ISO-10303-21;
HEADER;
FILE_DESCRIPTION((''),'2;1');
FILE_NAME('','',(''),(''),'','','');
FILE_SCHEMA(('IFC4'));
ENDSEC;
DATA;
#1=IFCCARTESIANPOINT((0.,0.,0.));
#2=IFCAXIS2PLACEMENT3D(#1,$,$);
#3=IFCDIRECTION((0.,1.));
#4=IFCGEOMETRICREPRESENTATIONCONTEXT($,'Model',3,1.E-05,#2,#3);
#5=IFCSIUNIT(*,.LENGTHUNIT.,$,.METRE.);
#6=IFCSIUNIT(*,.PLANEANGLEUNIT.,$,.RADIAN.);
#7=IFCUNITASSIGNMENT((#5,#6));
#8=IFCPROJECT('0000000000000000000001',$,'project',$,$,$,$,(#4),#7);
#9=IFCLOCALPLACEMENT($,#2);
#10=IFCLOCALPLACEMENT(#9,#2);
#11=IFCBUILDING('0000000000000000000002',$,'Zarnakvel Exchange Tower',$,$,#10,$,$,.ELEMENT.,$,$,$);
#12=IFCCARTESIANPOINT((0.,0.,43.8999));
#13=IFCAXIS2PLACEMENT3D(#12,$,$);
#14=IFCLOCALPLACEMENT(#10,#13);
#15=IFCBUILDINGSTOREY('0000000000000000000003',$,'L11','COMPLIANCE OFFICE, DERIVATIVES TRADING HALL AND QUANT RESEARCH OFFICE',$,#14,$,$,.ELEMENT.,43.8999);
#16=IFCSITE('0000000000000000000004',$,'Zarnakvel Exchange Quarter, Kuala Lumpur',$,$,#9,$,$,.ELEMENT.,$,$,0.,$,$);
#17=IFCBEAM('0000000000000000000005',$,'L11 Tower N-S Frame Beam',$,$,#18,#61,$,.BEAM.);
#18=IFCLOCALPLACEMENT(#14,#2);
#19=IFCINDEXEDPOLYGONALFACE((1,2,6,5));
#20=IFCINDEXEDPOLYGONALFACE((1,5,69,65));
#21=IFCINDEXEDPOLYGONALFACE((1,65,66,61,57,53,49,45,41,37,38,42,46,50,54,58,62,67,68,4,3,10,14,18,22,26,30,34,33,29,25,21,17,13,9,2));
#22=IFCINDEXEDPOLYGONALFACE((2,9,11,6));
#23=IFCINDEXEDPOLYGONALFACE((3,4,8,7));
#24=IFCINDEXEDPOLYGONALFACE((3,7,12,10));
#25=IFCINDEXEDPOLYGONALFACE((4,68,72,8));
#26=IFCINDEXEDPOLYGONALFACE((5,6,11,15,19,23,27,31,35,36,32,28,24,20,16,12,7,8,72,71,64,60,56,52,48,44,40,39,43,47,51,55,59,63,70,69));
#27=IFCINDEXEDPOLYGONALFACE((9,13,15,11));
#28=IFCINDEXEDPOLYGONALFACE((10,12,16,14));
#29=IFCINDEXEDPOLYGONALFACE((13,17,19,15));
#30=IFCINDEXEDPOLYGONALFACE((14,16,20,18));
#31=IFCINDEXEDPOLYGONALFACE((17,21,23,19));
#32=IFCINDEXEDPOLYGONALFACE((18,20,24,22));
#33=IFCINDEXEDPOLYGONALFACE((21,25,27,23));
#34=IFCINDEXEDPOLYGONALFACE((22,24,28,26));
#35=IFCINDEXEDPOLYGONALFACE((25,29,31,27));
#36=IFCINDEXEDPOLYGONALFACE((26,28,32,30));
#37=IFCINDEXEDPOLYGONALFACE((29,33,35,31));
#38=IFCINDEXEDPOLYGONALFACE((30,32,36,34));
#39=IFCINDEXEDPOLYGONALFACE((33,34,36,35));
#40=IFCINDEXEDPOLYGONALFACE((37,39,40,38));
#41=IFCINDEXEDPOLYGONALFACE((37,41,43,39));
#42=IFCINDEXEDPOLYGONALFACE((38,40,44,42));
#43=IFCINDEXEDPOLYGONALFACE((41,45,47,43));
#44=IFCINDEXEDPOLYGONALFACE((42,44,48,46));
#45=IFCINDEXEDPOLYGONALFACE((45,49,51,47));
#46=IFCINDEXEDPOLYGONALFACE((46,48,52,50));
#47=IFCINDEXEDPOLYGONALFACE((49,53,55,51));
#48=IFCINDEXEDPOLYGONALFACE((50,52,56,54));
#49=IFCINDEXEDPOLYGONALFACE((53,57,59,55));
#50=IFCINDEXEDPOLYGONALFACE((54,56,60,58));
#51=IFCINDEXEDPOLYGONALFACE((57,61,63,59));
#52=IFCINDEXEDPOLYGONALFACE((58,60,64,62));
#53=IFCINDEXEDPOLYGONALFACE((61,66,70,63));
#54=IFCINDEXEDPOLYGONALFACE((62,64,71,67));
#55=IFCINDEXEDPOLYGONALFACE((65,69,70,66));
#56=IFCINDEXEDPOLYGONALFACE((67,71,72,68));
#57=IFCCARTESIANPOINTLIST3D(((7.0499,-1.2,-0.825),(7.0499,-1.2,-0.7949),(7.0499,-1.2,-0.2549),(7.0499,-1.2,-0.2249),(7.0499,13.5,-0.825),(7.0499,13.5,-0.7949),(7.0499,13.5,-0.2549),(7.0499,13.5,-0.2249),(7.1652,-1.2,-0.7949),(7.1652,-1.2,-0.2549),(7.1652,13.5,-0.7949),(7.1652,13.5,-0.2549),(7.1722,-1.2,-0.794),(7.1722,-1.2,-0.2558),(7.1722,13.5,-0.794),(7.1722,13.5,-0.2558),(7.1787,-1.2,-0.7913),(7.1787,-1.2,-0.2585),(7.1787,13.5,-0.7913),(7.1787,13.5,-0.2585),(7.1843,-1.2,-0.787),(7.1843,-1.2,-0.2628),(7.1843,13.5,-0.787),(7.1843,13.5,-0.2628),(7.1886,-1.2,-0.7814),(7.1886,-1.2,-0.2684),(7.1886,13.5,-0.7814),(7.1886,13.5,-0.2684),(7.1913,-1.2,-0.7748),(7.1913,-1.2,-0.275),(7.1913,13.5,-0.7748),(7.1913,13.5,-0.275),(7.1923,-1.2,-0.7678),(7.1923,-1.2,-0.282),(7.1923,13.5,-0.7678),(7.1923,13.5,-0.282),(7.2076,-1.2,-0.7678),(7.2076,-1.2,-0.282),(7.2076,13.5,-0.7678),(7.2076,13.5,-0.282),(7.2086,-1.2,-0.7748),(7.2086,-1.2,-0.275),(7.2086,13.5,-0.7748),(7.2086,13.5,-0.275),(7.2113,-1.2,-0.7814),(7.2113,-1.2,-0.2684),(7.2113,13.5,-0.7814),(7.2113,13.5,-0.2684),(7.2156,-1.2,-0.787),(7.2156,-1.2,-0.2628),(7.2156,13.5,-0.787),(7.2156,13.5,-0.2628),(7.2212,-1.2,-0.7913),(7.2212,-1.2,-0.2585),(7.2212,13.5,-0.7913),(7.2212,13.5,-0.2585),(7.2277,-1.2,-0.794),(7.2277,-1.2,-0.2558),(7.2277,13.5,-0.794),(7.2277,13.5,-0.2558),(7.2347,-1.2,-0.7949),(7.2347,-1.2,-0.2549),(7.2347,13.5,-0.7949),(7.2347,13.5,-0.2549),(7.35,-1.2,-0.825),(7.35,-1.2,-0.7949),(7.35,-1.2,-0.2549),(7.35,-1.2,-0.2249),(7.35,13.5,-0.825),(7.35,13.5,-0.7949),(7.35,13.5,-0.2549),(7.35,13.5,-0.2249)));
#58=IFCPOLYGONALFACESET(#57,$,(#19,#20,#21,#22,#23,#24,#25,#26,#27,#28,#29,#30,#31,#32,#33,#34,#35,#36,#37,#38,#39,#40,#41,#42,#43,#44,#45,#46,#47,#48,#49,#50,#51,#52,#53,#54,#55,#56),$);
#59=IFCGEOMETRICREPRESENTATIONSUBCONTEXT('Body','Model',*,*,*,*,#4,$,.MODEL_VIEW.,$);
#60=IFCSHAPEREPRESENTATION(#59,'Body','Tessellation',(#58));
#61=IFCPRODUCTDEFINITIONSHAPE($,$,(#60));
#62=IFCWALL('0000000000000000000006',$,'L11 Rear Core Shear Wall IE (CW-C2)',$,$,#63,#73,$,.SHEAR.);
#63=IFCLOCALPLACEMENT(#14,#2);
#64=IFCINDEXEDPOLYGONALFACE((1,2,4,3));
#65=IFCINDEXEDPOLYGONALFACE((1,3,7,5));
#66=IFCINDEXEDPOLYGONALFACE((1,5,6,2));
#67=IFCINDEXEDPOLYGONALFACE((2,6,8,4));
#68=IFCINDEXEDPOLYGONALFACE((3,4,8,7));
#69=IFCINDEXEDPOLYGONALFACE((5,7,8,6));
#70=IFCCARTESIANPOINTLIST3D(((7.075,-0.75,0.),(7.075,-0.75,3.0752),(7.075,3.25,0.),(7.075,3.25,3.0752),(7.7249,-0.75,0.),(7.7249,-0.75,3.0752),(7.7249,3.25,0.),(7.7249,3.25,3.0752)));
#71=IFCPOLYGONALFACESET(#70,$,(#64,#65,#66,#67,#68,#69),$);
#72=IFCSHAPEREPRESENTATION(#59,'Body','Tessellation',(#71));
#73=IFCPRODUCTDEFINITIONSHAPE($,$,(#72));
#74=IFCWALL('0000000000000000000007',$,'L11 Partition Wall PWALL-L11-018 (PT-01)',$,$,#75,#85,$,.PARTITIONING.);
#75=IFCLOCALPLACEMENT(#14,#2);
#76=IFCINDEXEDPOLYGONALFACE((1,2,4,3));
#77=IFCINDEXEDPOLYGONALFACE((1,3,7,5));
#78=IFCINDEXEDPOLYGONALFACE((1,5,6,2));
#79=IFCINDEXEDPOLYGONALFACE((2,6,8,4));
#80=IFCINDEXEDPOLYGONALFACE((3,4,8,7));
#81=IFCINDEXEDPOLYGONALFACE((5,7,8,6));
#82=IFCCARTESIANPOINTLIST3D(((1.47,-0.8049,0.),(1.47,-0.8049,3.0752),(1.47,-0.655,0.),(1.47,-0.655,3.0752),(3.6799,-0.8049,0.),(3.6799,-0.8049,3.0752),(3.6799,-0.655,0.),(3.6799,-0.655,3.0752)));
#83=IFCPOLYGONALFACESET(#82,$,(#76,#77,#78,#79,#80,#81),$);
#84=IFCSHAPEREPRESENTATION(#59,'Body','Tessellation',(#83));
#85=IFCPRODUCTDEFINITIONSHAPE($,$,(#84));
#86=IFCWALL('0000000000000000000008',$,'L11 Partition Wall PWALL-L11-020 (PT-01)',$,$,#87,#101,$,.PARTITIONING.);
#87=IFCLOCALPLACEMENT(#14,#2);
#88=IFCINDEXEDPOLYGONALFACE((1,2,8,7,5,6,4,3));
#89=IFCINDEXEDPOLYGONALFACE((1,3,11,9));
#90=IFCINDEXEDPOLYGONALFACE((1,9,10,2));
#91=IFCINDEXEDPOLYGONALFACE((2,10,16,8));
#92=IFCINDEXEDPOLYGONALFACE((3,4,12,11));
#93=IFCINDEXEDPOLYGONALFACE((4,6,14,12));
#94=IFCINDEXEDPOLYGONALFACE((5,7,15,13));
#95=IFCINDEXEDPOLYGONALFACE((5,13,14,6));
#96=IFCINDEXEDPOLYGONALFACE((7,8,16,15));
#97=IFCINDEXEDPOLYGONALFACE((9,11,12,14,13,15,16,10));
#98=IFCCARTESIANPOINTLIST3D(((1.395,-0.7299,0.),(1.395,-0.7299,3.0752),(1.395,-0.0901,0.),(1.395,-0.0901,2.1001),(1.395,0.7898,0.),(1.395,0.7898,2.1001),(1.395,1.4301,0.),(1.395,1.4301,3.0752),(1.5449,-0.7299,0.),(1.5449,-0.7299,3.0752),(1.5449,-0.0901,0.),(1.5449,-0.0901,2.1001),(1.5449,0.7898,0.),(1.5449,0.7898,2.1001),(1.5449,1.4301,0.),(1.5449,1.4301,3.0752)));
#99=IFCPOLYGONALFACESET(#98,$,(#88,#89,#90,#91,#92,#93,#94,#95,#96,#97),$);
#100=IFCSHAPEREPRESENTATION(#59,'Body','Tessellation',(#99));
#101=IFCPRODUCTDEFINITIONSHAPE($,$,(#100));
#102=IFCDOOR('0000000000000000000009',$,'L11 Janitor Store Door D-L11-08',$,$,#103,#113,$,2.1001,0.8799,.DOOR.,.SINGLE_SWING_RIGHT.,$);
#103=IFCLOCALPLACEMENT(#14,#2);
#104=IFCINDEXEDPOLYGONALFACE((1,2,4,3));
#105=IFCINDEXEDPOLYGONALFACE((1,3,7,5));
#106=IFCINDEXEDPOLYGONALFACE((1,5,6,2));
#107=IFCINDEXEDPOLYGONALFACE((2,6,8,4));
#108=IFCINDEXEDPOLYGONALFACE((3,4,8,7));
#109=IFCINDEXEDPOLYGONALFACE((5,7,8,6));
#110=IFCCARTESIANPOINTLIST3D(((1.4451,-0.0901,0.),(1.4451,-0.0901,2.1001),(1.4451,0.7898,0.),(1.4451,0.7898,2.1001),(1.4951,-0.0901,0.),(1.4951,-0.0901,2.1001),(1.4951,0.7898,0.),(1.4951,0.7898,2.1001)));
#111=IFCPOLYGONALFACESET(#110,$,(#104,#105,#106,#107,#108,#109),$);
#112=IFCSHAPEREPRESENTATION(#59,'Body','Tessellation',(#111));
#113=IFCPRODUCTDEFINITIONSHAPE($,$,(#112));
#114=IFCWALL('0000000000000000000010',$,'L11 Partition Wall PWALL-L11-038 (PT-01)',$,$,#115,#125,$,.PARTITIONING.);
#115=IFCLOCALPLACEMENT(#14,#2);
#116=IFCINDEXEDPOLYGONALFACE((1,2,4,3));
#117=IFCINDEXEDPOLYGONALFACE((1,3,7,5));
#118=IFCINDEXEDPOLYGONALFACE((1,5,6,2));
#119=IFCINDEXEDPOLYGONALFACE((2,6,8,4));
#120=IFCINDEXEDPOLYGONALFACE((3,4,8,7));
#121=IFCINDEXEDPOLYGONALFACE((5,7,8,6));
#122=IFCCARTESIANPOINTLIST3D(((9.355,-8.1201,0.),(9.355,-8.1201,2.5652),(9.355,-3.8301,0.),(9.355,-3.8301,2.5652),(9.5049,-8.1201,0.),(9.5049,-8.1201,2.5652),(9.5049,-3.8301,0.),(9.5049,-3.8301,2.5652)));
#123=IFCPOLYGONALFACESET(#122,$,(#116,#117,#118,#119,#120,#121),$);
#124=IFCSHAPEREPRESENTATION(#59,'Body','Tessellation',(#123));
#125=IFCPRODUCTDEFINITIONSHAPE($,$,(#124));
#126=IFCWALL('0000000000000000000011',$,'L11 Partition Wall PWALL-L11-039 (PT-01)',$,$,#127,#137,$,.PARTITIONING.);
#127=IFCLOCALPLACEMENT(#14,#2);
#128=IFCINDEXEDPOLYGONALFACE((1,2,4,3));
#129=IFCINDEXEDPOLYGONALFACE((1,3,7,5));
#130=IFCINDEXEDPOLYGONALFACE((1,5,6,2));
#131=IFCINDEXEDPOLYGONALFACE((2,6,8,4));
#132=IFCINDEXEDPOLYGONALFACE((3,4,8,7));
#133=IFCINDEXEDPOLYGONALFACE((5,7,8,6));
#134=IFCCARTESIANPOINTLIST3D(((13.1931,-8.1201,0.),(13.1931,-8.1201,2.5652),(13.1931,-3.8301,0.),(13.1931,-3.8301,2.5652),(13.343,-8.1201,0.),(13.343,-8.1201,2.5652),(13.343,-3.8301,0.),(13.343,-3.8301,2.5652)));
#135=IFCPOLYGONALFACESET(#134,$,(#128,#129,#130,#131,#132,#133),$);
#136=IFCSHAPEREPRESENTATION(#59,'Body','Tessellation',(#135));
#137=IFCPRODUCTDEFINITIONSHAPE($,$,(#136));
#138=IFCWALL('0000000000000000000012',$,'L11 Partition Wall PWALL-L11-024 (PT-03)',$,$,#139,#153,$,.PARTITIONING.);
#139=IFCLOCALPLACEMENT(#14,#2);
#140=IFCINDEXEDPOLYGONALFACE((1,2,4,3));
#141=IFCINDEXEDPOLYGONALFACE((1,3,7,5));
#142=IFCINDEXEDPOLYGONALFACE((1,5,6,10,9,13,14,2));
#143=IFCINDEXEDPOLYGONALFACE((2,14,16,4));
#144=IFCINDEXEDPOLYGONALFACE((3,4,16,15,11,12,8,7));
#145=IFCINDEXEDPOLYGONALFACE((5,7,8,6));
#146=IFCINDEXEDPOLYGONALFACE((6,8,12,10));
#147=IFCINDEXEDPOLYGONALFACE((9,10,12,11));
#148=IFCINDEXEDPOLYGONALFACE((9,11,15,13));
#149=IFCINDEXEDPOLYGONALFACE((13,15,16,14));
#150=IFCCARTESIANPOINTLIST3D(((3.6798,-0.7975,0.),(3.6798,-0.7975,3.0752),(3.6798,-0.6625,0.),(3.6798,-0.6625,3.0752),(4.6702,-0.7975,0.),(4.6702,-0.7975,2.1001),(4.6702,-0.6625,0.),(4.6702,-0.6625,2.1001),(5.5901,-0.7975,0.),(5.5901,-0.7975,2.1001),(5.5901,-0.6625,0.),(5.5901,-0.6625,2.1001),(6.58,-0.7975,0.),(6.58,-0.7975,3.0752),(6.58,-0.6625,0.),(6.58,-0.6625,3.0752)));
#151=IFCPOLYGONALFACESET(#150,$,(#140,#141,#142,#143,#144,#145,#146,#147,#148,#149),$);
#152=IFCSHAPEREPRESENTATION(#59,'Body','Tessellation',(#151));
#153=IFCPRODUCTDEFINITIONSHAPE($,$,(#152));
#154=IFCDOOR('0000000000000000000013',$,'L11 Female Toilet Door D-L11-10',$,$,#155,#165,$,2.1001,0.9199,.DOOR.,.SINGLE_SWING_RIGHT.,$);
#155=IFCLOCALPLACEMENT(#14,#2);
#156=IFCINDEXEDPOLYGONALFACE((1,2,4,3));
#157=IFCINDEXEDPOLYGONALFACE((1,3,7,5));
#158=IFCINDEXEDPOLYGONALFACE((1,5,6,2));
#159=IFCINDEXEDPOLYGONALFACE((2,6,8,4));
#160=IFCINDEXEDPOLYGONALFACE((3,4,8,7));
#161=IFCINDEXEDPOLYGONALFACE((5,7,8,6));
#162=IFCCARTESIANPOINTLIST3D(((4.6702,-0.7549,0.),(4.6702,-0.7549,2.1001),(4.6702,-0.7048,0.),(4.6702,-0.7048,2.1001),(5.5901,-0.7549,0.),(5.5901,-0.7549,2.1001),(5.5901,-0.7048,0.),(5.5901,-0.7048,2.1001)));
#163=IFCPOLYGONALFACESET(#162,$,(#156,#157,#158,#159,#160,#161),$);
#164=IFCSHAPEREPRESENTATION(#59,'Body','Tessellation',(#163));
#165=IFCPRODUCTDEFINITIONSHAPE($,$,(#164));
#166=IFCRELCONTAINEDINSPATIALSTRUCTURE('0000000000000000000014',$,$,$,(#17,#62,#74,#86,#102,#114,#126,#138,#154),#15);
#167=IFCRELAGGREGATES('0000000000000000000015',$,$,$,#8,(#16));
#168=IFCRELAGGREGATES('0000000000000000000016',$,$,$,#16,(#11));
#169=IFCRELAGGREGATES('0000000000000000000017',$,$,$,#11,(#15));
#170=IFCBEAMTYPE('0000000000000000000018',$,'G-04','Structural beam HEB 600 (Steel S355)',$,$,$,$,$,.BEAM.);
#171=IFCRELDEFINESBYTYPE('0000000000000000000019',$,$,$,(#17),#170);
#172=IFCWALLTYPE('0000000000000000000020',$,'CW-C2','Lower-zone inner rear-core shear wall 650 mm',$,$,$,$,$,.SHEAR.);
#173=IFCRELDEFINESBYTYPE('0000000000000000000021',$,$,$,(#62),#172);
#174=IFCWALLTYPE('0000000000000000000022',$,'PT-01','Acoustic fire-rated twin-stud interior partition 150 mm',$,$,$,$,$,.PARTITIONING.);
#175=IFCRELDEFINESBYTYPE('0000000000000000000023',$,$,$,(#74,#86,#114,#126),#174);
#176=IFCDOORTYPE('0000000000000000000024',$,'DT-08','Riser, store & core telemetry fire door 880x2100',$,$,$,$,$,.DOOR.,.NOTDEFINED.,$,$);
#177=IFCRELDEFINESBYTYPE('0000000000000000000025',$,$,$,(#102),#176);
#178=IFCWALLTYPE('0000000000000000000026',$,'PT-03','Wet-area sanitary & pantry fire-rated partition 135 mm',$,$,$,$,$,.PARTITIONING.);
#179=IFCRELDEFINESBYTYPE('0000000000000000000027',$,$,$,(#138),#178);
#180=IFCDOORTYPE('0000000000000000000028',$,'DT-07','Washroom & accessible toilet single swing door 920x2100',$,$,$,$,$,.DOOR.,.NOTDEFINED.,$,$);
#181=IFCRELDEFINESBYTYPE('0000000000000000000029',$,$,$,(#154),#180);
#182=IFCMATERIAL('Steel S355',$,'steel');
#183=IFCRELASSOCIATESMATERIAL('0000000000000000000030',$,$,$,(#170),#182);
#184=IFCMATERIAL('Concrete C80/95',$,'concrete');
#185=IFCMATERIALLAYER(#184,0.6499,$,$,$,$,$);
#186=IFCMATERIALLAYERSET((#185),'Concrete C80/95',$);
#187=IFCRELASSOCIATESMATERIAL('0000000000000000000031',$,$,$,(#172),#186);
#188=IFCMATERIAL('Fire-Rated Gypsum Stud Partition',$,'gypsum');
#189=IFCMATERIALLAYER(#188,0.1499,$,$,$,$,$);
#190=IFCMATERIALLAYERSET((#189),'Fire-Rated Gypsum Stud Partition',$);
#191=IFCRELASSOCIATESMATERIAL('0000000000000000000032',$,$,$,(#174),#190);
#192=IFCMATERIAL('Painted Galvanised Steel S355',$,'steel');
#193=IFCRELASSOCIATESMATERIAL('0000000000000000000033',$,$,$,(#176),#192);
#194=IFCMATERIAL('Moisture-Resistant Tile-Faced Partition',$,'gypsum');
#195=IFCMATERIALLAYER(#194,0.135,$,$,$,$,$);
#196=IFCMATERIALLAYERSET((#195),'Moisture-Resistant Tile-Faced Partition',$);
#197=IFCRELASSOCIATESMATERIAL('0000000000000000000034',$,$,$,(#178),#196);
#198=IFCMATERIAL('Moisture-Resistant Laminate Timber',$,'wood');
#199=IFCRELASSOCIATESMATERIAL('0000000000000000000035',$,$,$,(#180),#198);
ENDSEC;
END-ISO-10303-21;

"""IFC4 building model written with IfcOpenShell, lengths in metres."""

from ifc_helpers import new_model, si_unit, direction, frame, frame_2d, origin, origin_2d, place, context, subcontext, project, spatial, rectangle, i_section, extrude, source, transform, mapped, material, layer, layer_set, material_profile, profile_set, type_object, element, fill, save


model = new_model("IFC4")

# Units and contexts
model_context = context("Model", 3, precision=1e-05, world=origin(), true_north=direction((0.0, 1.0)))
body_context = subcontext(model_context, "Body", "Model", "MODEL_VIEW")
ifc_project = project(units=[si_unit("LENGTHUNIT", "METRE"), si_unit("PLANEANGLEUNIT", "RADIAN")], contexts=[model_context])

# Site, building, storey
site_placement = place(None, origin())
site = spatial("IfcSite", under=ifc_project, at=site_placement, Name="Zarnakvel Exchange Quarter, Kuala Lumpur", CompositionType="ELEMENT", RefElevation=0.0)
building_placement = place(site_placement, origin())
building = spatial("IfcBuilding", under=site, at=building_placement, Name="Zarnakvel Exchange Tower", CompositionType="ELEMENT")
storey_placement = place(building_placement, frame((0.0, 0.0, 43.8999)))
storey = spatial("IfcBuildingStorey", under=building, at=storey_placement, Name="L11", Description="COMPLIANCE OFFICE, DERIVATIVES TRADING HALL AND QUANT RESEARCH OFFICE", CompositionType="ELEMENT", Elevation=43.8999)

# Shared definitions
ifc_material_1 = material(Name="Concrete C80/95", Category="concrete")

# Beam
ifc_material_2 = material(Name="Steel S355", Category="steel")
ifc_material_profile_1 = material_profile(ifc_material_2, i_section(OverallWidth=0.3, OverallDepth=0.6001, WebThickness=0.0154, FlangeThickness=0.03, FilletRadius=0.0271, at=origin_2d()))
ifc_profile_set_1 = profile_set([ifc_material_profile_1], Name="Steel S355")
beam_type_1 = type_object("IfcBeamType", Name="G-04", Description="Structural beam HEB 600 (Steel S355)", PredefinedType="BEAM", material=ifc_profile_set_1)
beam_1_placement = place(storey_placement, frame((7.2, -1.2, -0.5249), z_axis=(0.0, 1.0, 0.0), x_axis=(-1.0, 0.0, 0.0)))
element("IfcBeam", 1, at=beam_1_placement, inside=storey, type_object=beam_type_1, Name="L11 Tower N-S Frame Beam", PredefinedType="BEAM", context=body_context, shape_type="SweptSolid", body=[
    extrude(i_section(OverallWidth=0.3, OverallDepth=0.6001, WebThickness=0.0154, FlangeThickness=0.03, FilletRadius=0.0271, at=origin_2d()), origin(), (0.0, 0.0, 1.0), 14.7),
])

# Walls
ifc_layer_1 = layer(ifc_material_1, 0.6499)
ifc_layer_set_1 = layer_set([ifc_layer_1], Name="Concrete C80/95")
wall_type_1 = type_object("IfcWallType", Name="CW-C2", Description="Lower-zone inner rear-core shear wall 650 mm", PredefinedType="SHEAR", material=ifc_layer_set_1)
wall_1_placement = place(storey_placement, frame((7.3999, -0.75, 0.0), z_axis=(0.0, 0.0, 1.0), x_axis=(0.0, 1.0, 0.0)))
element("IfcWall", 2, at=wall_1_placement, inside=storey, type_object=wall_type_1, Name="L11 Rear Core Shear Wall IE (CW-C2)", PredefinedType="SHEAR", context=body_context, shape_type="SweptSolid", body=[
    extrude(rectangle(XDim=4.0, YDim=0.6499, at=frame_2d((2.0, 0.0))), origin(), (0.0, 0.0, 1.0), 3.0752),
])
ifc_material_3 = material(Name="Fire-Rated Gypsum Stud Partition", Category="gypsum")
ifc_layer_2 = layer(ifc_material_3, 0.1499)
ifc_layer_set_2 = layer_set([ifc_layer_2], Name="Fire-Rated Gypsum Stud Partition")
wall_type_2 = type_object("IfcWallType", Name="PT-01", Description="Acoustic fire-rated twin-stud interior partition 150 mm", PredefinedType="PARTITIONING", material=ifc_layer_set_2)
wall_2_placement = place(storey_placement, frame((3.6799, -0.73, 0.0), z_axis=(0.0, 0.0, 1.0), x_axis=(-1.0, 0.0, 0.0)))
element("IfcWall", 3, at=wall_2_placement, inside=storey, type_object=wall_type_2, Name="L11 Partition Wall PWALL-L11-018 (PT-01)", PredefinedType="PARTITIONING", context=body_context, shape_type="SweptSolid", body=[
    extrude(rectangle(XDim=2.21, YDim=0.1499, at=frame_2d((1.105, 0.0))), origin(), (0.0, 0.0, 1.0), 3.0752),
])

# Wall, opening, door
wall_3_placement = place(storey_placement, frame((1.47, -0.73, 0.0), z_axis=(0.0, 0.0, 1.0), x_axis=(0.0, 1.0, 0.0)))
wall_3 = element("IfcWall", 4, at=wall_3_placement, inside=storey, type_object=wall_type_2, Name="L11 Partition Wall PWALL-L11-020 (PT-01)", PredefinedType="PARTITIONING", context=body_context, shape_type="SweptSolid", body=[
    extrude(rectangle(XDim=2.1599, YDim=0.1499, at=frame_2d((1.0801, 0.0))), origin(), (0.0, 0.0, 1.0), 3.0752),
])
opening_1_placement = place(wall_3_placement, frame((0.6399, 0.0, 0.0)))
opening_1 = element("IfcOpeningElement", 5, at=opening_1_placement, cuts=wall_3, PredefinedType="OPENING", context=body_context, shape_type="SweptSolid", body=[
    extrude(rectangle(XDim=0.8799, YDim=2.1001, at=frame_2d((0.4399, 1.05))), frame((0.0, 0.085, 0.0), z_axis=(0.0, -1.0, 0.0), x_axis=(1.0, 0.0, 0.0)), (0.0, 0.0, 1.0), 0.1699),
])
ifc_material_4 = material(Name="Painted Galvanised Steel S355", Category="steel")
door_type_1 = type_object("IfcDoorType", Name="DT-08", Description="Riser, store & core telemetry fire door 880x2100", OperationType="NOTDEFINED", PredefinedType="DOOR", material=ifc_material_4)
shared_shape_1 = source(origin(), body_context, "Body", "SweptSolid", [
    extrude(rectangle(XDim=0.8799, YDim=2.1001, at=frame_2d((0.4399, 1.05))), frame((0.0, 0.0249, 0.0), z_axis=(0.0, -1.0, 0.0), x_axis=(1.0, 0.0, 0.0)), (0.0, 0.0, 1.0), 0.05),
])
door_1_placement = place(opening_1_placement, origin())
door_1 = element("IfcDoor", 6, at=door_1_placement, inside=storey, type_object=door_type_1, Name="L11 Janitor Store Door D-L11-08", OperationType="SINGLE_SWING_RIGHT", OverallHeight=2.1001, OverallWidth=0.8799, PredefinedType="DOOR", context=body_context, shape_type="MappedRepresentation", body=[
    mapped(shared_shape_1, transform((0.0, 0.0, 0.0), x_axis=(1.0, 0.0, 0.0), y_axis=(0.0, 1.0, 0.0), z_axis=(0.0, 0.0, 1.0), scale=1.0)),
])
fill(opening_1, door_1)

# Walls
for number, where, z_axis, x_axis, name in (
    (7, (9.4299, -8.1201, 0.0), (0.0, 0.0, 1.0), (0.0, 1.0, 0.0), "L11 Partition Wall PWALL-L11-038 (PT-01)"),
    (8, (13.2681, -3.8301, 0.0), (0.0, 0.0, 1.0), (0.0, -1.0, 0.0), "L11 Partition Wall PWALL-L11-039 (PT-01)"),
):
    element("IfcWall", number, at=place(storey_placement, frame(where, z_axis=z_axis, x_axis=x_axis)), inside=storey, type_object=wall_type_2, Name=name, PredefinedType="PARTITIONING", context=body_context, shape_type="SweptSolid", body=[
        extrude(rectangle(XDim=4.29, YDim=0.1499, at=frame_2d((2.145, 0.0))), origin(), (0.0, 0.0, 1.0), 2.5652),
    ])

# Wall, opening, door
ifc_material_5 = material(Name="Moisture-Resistant Tile-Faced Partition", Category="gypsum")
ifc_layer_3 = layer(ifc_material_5, 0.135)
ifc_layer_set_3 = layer_set([ifc_layer_3], Name="Moisture-Resistant Tile-Faced Partition")
wall_type_3 = type_object("IfcWallType", Name="PT-03", Description="Wet-area sanitary & pantry fire-rated partition 135 mm", PredefinedType="PARTITIONING", material=ifc_layer_set_3)
wall_4_placement = place(storey_placement, frame((6.5801, -0.73, 0.0), z_axis=(0.0, 0.0, 1.0), x_axis=(-1.0, 0.0, 0.0)))
wall_4 = element("IfcWall", 9, at=wall_4_placement, inside=storey, type_object=wall_type_3, Name="L11 Partition Wall PWALL-L11-024 (PT-03)", PredefinedType="PARTITIONING", context=body_context, shape_type="SweptSolid", body=[
    extrude(rectangle(XDim=2.9001, YDim=0.135, at=frame_2d((1.4502, 0.0))), origin(), (0.0, 0.0, 1.0), 3.0752),
])
opening_2_placement = place(wall_4_placement, frame((0.99, 0.0, 0.0)))
opening_2 = element("IfcOpeningElement", 10, at=opening_2_placement, cuts=wall_4, PredefinedType="OPENING", context=body_context, shape_type="SweptSolid", body=[
    extrude(rectangle(XDim=0.9199, YDim=2.1001, at=frame_2d((0.46, 1.05))), frame((0.0, 0.0774, 0.0), z_axis=(0.0, -1.0, 0.0), x_axis=(1.0, 0.0, 0.0)), (0.0, 0.0, 1.0), 0.155),
])
ifc_material_6 = material(Name="Moisture-Resistant Laminate Timber", Category="wood")
door_type_2 = type_object("IfcDoorType", Name="DT-07", Description="Washroom & accessible toilet single swing door 920x2100", OperationType="NOTDEFINED", PredefinedType="DOOR", material=ifc_material_6)
shared_shape_2 = source(origin(), body_context, "Body", "SweptSolid", [
    extrude(rectangle(XDim=0.9199, YDim=2.1001, at=frame_2d((0.46, 1.05))), frame((0.0, 0.0249, 0.0), z_axis=(0.0, -1.0, 0.0), x_axis=(1.0, 0.0, 0.0)), (0.0, 0.0, 1.0), 0.05),
])
door_2_placement = place(opening_2_placement, origin())
door_2 = element("IfcDoor", 11, at=door_2_placement, inside=storey, type_object=door_type_2, Name="L11 Female Toilet Door D-L11-10", OperationType="SINGLE_SWING_RIGHT", OverallHeight=2.1001, OverallWidth=0.9199, PredefinedType="DOOR", context=body_context, shape_type="MappedRepresentation", body=[
    mapped(shared_shape_2, transform((0.0, 0.0, 0.0), x_axis=(1.0, 0.0, 0.0), y_axis=(0.0, 1.0, 0.0), z_axis=(0.0, 0.0, 1.0), scale=1.0)),
])
fill(opening_2, door_2)

save(model, "model.ifc")
